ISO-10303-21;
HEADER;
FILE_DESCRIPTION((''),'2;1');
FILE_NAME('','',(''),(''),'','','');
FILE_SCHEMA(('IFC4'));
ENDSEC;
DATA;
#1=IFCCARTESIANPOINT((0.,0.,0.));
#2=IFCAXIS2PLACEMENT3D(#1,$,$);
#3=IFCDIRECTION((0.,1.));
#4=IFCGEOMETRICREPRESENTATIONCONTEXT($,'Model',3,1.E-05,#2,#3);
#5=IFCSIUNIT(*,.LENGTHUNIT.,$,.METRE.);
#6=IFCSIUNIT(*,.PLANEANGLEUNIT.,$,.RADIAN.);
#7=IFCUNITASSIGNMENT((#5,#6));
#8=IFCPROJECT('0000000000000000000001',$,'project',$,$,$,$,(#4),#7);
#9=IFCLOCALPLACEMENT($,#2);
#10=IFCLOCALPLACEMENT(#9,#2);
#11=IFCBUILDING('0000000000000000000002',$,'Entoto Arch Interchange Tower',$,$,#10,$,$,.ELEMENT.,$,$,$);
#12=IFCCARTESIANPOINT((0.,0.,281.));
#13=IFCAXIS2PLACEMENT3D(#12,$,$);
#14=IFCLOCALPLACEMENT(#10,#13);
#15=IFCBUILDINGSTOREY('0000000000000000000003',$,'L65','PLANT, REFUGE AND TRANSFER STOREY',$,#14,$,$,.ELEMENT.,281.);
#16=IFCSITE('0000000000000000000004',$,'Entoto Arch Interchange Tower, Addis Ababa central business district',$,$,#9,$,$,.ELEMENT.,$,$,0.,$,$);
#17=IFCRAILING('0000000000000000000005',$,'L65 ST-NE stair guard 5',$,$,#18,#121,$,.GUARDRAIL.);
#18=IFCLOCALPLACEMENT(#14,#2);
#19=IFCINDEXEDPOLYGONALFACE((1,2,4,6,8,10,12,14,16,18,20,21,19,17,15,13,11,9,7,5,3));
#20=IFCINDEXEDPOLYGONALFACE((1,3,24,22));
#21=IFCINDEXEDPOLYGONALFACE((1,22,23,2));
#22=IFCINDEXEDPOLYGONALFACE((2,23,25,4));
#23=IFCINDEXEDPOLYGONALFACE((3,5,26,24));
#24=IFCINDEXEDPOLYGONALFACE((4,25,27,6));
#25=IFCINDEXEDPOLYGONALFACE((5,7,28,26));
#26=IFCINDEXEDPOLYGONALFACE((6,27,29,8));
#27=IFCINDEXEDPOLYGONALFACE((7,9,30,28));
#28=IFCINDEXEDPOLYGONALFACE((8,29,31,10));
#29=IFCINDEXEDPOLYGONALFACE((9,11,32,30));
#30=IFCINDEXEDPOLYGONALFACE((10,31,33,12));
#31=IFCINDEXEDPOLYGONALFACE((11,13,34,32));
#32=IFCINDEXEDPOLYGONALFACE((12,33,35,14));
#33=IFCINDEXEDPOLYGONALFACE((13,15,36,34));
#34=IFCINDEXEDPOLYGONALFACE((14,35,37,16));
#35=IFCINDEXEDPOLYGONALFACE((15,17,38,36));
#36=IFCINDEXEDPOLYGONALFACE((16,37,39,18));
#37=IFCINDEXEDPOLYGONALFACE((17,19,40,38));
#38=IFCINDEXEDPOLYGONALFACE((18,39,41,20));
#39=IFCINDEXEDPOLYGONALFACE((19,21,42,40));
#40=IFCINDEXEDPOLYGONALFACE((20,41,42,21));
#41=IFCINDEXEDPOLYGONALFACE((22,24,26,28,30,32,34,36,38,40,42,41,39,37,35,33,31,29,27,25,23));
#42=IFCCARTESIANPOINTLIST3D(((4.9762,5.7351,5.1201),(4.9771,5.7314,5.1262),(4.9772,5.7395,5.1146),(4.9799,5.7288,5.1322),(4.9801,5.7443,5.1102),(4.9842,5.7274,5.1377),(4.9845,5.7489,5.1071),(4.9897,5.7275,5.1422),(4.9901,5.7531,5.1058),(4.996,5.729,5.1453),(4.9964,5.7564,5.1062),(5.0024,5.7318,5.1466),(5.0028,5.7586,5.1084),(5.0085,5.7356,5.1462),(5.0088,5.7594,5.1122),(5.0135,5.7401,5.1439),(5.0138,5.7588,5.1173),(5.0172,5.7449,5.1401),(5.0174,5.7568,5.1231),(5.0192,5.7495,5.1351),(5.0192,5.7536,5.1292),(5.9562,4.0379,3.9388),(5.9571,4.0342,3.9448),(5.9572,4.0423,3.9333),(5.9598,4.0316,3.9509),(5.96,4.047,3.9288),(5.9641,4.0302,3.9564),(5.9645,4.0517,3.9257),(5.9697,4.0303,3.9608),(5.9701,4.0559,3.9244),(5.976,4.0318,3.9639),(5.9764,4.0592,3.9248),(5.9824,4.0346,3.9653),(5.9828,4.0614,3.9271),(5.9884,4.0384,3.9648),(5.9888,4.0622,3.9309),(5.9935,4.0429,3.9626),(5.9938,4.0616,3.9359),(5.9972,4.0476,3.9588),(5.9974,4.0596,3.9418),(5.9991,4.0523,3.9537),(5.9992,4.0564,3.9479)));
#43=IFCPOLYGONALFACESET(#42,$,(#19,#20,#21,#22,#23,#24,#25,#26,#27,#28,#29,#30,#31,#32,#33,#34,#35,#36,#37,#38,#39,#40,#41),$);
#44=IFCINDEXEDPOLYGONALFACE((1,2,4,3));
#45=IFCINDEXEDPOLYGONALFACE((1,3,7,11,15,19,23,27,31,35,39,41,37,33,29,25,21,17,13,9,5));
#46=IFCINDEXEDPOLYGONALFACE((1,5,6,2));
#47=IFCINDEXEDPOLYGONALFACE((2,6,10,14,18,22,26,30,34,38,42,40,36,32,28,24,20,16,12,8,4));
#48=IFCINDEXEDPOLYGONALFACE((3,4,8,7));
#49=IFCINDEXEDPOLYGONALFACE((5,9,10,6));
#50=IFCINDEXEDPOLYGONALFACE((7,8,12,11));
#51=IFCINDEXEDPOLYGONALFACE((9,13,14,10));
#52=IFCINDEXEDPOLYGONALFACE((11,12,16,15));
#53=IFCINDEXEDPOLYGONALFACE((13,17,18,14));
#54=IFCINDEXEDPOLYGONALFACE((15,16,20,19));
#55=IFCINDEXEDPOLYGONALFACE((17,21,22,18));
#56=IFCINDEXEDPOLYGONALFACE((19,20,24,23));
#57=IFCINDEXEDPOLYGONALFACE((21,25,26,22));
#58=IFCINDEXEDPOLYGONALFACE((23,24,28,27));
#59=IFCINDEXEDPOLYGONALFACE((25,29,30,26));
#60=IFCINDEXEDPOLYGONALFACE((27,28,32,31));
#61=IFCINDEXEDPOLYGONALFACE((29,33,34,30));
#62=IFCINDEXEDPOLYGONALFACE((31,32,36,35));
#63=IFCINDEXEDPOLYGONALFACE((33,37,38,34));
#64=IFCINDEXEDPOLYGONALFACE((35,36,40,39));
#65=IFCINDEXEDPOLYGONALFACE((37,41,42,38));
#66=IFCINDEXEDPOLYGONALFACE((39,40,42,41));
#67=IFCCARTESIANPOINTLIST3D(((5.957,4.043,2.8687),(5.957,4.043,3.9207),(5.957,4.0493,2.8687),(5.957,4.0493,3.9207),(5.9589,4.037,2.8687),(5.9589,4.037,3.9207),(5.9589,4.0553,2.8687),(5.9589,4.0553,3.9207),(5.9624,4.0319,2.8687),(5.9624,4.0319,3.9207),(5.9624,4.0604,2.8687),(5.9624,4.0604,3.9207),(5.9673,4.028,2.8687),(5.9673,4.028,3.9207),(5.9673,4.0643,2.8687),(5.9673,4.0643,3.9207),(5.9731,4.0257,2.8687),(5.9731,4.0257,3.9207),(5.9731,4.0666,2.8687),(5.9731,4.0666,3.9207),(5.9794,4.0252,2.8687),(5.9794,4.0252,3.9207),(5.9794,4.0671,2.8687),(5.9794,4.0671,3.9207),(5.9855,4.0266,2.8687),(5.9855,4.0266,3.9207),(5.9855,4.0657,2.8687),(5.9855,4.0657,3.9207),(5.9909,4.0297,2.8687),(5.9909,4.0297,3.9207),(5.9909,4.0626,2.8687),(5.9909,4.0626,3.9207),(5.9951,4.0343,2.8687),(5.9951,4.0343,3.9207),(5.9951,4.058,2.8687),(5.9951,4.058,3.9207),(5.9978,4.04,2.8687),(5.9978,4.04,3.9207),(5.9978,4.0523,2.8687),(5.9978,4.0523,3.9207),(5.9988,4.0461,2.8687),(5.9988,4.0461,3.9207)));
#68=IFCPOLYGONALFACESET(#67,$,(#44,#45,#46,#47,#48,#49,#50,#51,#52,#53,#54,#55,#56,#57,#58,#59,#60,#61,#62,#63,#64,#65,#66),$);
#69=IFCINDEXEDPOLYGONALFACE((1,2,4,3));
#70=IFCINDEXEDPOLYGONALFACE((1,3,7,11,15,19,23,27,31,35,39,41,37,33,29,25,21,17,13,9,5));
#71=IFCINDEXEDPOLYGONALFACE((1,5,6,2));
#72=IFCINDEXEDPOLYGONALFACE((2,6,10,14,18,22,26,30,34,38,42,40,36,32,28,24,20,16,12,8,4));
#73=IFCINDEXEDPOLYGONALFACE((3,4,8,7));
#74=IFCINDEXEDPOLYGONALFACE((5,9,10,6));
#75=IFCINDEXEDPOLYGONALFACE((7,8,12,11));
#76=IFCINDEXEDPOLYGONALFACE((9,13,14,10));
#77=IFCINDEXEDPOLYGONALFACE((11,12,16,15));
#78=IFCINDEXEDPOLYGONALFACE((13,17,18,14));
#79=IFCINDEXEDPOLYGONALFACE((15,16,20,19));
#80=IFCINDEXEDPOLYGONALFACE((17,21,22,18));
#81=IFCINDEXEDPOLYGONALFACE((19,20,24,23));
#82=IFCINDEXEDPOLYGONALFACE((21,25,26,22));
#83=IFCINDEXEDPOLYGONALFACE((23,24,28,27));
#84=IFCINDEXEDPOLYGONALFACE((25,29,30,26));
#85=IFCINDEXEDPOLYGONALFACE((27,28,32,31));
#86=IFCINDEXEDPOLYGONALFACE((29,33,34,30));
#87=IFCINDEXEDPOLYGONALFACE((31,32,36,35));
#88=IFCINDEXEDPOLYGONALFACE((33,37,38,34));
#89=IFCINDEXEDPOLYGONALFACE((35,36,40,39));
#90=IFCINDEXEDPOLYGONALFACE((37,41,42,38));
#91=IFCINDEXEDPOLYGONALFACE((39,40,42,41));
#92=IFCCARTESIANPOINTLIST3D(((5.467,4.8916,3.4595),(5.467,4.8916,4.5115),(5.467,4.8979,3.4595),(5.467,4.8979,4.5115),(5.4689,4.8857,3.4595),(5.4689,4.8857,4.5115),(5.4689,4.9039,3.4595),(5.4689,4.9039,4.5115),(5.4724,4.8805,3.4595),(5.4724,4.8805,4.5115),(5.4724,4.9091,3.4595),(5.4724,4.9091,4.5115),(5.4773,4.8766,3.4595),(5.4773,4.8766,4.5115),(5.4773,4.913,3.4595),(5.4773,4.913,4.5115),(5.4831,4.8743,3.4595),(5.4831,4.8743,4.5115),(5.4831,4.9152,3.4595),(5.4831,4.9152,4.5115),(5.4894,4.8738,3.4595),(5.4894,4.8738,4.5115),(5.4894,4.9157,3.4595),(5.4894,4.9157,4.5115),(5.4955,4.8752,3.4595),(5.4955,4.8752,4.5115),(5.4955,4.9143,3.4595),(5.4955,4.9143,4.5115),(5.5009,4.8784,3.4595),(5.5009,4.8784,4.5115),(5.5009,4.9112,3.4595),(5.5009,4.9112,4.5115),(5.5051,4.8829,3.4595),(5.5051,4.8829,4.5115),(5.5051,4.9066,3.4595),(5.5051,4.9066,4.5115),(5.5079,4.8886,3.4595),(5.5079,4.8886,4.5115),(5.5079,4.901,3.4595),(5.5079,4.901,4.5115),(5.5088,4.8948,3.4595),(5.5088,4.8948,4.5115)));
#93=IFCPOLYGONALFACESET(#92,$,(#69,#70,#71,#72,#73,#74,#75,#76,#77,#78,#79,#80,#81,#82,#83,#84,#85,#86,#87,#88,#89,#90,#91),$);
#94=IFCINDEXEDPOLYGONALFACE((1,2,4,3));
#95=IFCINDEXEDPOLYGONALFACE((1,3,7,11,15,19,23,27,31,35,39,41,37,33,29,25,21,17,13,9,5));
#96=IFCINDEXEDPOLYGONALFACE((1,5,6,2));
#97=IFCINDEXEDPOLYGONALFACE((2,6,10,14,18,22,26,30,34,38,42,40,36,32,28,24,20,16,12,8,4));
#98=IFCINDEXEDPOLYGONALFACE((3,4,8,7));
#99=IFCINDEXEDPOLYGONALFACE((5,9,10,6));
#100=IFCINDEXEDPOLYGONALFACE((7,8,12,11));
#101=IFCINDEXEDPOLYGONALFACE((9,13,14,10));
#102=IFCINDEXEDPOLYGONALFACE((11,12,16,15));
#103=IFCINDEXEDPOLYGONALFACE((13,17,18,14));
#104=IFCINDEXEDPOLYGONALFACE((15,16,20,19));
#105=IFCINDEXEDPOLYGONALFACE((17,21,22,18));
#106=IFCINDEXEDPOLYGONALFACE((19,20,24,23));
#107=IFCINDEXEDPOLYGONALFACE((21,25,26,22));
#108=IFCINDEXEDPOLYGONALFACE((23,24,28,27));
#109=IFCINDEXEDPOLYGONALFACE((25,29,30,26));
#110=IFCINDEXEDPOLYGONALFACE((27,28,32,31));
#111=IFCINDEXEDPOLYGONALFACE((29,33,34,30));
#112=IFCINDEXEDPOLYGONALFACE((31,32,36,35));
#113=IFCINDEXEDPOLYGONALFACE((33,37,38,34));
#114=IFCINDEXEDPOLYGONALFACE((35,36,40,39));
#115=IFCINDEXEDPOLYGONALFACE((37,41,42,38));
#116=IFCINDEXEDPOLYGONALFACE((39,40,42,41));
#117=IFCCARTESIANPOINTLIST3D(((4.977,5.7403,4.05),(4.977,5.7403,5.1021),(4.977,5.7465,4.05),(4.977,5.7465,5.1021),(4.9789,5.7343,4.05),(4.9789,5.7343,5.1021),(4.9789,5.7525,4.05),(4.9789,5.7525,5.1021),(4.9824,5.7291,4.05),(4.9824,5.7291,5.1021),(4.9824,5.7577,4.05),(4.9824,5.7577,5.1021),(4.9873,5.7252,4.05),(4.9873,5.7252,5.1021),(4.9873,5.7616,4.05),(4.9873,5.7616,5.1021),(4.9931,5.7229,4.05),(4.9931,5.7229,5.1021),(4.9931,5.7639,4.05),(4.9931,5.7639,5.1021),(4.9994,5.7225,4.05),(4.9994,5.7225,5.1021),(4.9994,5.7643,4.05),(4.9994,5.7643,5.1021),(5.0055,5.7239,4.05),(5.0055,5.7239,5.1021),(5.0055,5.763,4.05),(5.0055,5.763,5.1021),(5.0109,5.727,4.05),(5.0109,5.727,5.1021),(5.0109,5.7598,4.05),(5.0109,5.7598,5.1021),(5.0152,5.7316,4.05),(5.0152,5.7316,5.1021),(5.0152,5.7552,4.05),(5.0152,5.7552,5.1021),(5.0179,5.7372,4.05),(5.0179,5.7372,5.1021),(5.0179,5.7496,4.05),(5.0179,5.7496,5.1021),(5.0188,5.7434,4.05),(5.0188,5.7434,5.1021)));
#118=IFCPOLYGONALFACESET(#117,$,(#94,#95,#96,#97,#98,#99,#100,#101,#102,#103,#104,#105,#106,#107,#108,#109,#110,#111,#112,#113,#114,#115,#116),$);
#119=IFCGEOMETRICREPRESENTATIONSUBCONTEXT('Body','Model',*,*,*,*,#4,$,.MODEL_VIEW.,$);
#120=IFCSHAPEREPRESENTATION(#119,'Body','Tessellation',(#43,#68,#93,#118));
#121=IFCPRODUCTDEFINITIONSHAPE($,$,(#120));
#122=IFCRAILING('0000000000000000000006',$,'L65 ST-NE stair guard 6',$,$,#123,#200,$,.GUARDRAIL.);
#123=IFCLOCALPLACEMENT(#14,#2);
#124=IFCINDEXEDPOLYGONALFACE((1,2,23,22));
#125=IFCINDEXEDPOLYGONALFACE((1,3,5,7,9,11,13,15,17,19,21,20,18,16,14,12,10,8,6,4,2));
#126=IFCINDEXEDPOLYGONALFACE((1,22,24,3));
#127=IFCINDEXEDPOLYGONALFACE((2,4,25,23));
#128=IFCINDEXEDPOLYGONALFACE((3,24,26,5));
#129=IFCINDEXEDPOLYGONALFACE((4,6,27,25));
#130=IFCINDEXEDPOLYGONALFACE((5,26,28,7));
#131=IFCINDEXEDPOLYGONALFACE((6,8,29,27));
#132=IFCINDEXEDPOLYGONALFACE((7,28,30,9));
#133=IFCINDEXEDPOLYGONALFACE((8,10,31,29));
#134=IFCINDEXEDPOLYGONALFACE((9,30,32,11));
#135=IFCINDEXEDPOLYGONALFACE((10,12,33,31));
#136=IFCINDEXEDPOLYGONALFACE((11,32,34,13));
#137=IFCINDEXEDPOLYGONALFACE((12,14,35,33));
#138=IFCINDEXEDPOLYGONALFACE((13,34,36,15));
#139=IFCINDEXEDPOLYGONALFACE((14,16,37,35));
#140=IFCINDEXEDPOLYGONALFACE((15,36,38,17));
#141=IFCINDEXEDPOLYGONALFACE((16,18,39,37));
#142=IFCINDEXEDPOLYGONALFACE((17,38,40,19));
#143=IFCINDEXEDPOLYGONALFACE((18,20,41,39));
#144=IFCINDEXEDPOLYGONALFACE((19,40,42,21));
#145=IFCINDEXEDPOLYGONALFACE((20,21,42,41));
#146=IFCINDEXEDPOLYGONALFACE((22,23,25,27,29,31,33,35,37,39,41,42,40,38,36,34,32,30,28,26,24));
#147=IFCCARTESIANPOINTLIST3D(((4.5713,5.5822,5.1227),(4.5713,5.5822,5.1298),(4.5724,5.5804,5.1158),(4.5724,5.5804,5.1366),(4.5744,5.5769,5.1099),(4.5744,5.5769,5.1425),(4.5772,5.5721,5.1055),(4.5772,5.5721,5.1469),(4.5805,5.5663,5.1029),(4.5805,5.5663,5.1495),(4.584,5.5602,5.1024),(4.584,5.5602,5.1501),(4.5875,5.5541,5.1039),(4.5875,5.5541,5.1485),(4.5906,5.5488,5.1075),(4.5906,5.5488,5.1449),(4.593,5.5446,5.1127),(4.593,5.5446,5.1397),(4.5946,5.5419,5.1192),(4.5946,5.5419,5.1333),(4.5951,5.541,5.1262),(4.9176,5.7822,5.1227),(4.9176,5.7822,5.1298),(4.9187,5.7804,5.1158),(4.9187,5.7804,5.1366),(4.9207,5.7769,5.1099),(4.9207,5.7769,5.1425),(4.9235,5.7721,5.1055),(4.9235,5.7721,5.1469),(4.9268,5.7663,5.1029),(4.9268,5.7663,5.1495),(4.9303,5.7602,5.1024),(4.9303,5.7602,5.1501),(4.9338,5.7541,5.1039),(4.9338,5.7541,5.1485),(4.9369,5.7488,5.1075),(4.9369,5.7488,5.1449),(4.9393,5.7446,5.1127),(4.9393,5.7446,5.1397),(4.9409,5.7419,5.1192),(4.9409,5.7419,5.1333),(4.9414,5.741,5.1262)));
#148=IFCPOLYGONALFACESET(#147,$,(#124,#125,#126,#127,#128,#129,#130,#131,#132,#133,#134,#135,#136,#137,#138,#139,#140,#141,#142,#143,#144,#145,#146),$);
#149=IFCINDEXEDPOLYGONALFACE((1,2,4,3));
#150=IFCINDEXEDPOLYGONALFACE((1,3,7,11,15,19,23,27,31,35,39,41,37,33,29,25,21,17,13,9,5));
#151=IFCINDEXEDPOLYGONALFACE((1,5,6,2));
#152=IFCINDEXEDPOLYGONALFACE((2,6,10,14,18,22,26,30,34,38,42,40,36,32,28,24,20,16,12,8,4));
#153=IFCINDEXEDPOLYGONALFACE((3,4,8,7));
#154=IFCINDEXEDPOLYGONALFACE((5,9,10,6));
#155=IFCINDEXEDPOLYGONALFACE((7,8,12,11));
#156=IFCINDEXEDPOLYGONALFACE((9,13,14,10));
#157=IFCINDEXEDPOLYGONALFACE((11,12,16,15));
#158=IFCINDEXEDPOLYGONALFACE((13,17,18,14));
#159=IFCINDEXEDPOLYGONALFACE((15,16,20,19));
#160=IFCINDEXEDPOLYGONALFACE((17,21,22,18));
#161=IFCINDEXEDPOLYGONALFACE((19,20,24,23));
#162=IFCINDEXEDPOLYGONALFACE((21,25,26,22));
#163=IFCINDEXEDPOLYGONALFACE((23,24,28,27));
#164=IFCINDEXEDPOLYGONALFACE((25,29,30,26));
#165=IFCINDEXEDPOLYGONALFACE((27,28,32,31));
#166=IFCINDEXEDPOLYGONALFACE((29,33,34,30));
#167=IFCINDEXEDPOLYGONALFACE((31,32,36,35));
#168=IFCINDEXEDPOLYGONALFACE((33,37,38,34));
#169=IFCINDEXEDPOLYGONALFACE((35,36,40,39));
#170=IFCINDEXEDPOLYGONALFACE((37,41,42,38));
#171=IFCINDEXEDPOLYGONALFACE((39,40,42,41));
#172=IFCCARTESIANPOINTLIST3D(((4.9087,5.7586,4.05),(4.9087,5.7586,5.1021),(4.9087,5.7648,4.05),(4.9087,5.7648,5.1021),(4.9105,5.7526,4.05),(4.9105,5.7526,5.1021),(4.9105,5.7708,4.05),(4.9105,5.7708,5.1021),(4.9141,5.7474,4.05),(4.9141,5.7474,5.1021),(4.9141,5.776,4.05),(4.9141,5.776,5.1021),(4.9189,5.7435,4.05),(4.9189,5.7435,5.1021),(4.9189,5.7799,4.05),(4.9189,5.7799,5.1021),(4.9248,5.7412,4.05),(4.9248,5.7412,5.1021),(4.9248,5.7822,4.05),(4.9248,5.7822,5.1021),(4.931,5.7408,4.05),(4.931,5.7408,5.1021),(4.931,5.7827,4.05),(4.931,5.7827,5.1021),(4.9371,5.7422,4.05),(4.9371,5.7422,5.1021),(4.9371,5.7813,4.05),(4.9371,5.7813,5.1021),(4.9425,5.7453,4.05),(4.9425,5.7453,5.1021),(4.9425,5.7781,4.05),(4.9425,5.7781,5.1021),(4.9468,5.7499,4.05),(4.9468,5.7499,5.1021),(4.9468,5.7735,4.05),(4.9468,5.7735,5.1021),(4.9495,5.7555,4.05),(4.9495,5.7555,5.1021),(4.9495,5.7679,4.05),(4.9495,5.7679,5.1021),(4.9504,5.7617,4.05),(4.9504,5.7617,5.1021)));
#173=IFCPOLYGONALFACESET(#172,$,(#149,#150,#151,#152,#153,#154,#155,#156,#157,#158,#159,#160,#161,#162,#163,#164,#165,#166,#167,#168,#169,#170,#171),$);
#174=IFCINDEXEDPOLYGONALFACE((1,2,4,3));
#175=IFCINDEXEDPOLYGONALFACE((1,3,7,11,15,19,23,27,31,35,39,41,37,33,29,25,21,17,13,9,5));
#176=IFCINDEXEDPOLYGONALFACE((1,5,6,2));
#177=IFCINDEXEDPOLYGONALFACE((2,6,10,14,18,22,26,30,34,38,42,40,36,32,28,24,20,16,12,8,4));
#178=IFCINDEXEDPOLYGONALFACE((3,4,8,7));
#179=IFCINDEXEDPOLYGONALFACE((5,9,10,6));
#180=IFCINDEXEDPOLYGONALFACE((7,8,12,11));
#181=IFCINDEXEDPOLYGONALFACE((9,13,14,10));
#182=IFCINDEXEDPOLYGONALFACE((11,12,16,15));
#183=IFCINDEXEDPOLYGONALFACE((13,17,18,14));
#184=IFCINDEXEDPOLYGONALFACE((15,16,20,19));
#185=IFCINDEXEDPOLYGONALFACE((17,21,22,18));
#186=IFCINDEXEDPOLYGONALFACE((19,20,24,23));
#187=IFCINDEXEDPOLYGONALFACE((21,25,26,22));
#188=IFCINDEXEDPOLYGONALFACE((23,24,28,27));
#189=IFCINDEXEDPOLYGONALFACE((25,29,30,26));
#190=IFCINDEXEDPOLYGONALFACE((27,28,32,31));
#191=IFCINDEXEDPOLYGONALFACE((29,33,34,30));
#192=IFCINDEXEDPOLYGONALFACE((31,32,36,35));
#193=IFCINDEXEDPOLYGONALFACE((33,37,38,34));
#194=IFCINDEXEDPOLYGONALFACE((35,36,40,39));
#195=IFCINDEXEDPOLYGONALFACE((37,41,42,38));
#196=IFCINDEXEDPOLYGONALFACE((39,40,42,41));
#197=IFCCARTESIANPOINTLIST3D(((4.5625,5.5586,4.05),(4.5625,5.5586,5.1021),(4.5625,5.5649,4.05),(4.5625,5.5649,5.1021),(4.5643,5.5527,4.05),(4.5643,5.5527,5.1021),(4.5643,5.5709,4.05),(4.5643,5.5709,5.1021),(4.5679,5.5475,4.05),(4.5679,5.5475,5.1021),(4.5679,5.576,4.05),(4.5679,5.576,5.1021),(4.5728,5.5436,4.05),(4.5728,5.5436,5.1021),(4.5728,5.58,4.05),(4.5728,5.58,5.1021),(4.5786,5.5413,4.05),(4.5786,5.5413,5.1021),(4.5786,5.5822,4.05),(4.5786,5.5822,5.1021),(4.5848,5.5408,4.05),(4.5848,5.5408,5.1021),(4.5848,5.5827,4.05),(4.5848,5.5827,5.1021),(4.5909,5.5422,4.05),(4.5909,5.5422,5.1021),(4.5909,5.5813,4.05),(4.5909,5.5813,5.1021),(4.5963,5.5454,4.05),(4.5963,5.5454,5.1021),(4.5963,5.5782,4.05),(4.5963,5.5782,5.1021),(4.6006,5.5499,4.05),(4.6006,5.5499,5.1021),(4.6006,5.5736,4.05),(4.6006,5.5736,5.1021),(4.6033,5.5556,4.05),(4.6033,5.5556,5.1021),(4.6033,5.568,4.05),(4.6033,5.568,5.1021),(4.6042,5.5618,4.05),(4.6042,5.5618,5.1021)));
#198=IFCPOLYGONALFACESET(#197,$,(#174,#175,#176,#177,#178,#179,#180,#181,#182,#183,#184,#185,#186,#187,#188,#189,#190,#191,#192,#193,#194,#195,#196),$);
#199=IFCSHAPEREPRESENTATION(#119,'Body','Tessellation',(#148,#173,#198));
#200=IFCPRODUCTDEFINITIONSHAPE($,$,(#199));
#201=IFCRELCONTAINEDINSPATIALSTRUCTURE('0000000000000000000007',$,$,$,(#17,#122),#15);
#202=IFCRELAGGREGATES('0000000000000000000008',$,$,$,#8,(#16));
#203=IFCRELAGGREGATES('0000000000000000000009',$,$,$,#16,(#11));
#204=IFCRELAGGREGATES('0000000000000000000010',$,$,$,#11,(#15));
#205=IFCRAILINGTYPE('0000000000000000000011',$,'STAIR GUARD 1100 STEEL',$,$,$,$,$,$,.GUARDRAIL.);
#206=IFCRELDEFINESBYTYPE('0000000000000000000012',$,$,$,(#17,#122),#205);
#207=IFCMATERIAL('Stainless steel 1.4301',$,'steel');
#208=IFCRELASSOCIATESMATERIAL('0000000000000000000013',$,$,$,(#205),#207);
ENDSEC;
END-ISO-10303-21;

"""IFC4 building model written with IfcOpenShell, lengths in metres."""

from ifc_helpers import new_model, si_unit, direction, frame, origin, origin_2d, place, context, subcontext, project, spatial, circle, extrude, material, type_object, element, save


model = new_model("IFC4")

# Units and contexts
model_context = context("Model", 3, precision=1e-05, world=origin(), true_north=direction((0.0, 1.0)))
body_context = subcontext(model_context, "Body", "Model", "MODEL_VIEW")
ifc_project = project(units=[si_unit("LENGTHUNIT", "METRE"), si_unit("PLANEANGLEUNIT", "RADIAN")], contexts=[model_context])

# Site, building, storey
site_placement = place(None, origin())
site = spatial("IfcSite", under=ifc_project, at=site_placement, Name="Entoto Arch Interchange Tower, Addis Ababa central business district", CompositionType="ELEMENT", RefElevation=0.0)
building_placement = place(site_placement, origin())
building = spatial("IfcBuilding", under=site, at=building_placement, Name="Entoto Arch Interchange Tower", CompositionType="ELEMENT")
storey_placement = place(building_placement, frame((0.0, 0.0, 281.0)))
storey = spatial("IfcBuildingStorey", under=building, at=storey_placement, Name="L65", Description="PLANT, REFUGE AND TRANSFER STOREY", CompositionType="ELEMENT", Elevation=281.0)

# Railings
ifc_material_1 = material(Name="Stainless steel 1.4301", Category="steel")
railing_type_1 = type_object("IfcRailingType", Name="STAIR GUARD 1100 STEEL", PredefinedType="GUARDRAIL", material=ifc_material_1)
railing_1_placement = place(storey_placement, frame((5.9778, 4.0461, 2.8687)))
element("IfcRailing", 1, at=railing_1_placement, inside=storey, type_object=railing_type_1, Name="L65 ST-NE stair guard 5", PredefinedType="GUARDRAIL", context=body_context, shape_type="SweptSolid", body=[
    extrude(circle(Radius=0.0239, at=origin_2d()), frame((0.0, 0.0, 1.0762), z_axis=(-0.428238, 0.741683, 0.516255), x_axis=(-0.866011, -0.500024, 0.0)), (0.0, 0.0, 1.0), 2.2883),
    extrude(circle(Radius=0.021, at=origin_2d()), origin(), (0.0, 0.0, 1.0), 1.052),
    extrude(circle(Radius=0.021, at=origin_2d()), frame((-0.49, 0.8486, 0.5908)), (0.0, 0.0, 1.0), 1.052),
    extrude(circle(Radius=0.021, at=origin_2d()), frame((-0.98, 1.6973, 1.1814)), (0.0, 0.0, 1.0), 1.052),
])
railing_2_placement = place(storey_placement, frame((4.9294, 5.7617, 4.05)))
element("IfcRailing", 2, at=railing_2_placement, inside=storey, type_object=railing_type_1, Name="L65 ST-NE stair guard 6", PredefinedType="GUARDRAIL", context=body_context, shape_type="SweptSolid", body=[
    extrude(circle(Radius=0.0239, at=origin_2d()), frame((0.0, 0.0, 1.0762), z_axis=(-0.865941, -0.500145, 0.0), x_axis=(0.500145, -0.865941, 0.0)), (0.0, 0.0, 1.0), 0.3999),
    extrude(circle(Radius=0.021, at=origin_2d()), origin(), (0.0, 0.0, 1.0), 1.052),
    extrude(circle(Radius=0.021, at=origin_2d()), frame((-0.3462, -0.2, 0.0)), (0.0, 0.0, 1.0), 1.052),
])

save(model, "model.ifc")
